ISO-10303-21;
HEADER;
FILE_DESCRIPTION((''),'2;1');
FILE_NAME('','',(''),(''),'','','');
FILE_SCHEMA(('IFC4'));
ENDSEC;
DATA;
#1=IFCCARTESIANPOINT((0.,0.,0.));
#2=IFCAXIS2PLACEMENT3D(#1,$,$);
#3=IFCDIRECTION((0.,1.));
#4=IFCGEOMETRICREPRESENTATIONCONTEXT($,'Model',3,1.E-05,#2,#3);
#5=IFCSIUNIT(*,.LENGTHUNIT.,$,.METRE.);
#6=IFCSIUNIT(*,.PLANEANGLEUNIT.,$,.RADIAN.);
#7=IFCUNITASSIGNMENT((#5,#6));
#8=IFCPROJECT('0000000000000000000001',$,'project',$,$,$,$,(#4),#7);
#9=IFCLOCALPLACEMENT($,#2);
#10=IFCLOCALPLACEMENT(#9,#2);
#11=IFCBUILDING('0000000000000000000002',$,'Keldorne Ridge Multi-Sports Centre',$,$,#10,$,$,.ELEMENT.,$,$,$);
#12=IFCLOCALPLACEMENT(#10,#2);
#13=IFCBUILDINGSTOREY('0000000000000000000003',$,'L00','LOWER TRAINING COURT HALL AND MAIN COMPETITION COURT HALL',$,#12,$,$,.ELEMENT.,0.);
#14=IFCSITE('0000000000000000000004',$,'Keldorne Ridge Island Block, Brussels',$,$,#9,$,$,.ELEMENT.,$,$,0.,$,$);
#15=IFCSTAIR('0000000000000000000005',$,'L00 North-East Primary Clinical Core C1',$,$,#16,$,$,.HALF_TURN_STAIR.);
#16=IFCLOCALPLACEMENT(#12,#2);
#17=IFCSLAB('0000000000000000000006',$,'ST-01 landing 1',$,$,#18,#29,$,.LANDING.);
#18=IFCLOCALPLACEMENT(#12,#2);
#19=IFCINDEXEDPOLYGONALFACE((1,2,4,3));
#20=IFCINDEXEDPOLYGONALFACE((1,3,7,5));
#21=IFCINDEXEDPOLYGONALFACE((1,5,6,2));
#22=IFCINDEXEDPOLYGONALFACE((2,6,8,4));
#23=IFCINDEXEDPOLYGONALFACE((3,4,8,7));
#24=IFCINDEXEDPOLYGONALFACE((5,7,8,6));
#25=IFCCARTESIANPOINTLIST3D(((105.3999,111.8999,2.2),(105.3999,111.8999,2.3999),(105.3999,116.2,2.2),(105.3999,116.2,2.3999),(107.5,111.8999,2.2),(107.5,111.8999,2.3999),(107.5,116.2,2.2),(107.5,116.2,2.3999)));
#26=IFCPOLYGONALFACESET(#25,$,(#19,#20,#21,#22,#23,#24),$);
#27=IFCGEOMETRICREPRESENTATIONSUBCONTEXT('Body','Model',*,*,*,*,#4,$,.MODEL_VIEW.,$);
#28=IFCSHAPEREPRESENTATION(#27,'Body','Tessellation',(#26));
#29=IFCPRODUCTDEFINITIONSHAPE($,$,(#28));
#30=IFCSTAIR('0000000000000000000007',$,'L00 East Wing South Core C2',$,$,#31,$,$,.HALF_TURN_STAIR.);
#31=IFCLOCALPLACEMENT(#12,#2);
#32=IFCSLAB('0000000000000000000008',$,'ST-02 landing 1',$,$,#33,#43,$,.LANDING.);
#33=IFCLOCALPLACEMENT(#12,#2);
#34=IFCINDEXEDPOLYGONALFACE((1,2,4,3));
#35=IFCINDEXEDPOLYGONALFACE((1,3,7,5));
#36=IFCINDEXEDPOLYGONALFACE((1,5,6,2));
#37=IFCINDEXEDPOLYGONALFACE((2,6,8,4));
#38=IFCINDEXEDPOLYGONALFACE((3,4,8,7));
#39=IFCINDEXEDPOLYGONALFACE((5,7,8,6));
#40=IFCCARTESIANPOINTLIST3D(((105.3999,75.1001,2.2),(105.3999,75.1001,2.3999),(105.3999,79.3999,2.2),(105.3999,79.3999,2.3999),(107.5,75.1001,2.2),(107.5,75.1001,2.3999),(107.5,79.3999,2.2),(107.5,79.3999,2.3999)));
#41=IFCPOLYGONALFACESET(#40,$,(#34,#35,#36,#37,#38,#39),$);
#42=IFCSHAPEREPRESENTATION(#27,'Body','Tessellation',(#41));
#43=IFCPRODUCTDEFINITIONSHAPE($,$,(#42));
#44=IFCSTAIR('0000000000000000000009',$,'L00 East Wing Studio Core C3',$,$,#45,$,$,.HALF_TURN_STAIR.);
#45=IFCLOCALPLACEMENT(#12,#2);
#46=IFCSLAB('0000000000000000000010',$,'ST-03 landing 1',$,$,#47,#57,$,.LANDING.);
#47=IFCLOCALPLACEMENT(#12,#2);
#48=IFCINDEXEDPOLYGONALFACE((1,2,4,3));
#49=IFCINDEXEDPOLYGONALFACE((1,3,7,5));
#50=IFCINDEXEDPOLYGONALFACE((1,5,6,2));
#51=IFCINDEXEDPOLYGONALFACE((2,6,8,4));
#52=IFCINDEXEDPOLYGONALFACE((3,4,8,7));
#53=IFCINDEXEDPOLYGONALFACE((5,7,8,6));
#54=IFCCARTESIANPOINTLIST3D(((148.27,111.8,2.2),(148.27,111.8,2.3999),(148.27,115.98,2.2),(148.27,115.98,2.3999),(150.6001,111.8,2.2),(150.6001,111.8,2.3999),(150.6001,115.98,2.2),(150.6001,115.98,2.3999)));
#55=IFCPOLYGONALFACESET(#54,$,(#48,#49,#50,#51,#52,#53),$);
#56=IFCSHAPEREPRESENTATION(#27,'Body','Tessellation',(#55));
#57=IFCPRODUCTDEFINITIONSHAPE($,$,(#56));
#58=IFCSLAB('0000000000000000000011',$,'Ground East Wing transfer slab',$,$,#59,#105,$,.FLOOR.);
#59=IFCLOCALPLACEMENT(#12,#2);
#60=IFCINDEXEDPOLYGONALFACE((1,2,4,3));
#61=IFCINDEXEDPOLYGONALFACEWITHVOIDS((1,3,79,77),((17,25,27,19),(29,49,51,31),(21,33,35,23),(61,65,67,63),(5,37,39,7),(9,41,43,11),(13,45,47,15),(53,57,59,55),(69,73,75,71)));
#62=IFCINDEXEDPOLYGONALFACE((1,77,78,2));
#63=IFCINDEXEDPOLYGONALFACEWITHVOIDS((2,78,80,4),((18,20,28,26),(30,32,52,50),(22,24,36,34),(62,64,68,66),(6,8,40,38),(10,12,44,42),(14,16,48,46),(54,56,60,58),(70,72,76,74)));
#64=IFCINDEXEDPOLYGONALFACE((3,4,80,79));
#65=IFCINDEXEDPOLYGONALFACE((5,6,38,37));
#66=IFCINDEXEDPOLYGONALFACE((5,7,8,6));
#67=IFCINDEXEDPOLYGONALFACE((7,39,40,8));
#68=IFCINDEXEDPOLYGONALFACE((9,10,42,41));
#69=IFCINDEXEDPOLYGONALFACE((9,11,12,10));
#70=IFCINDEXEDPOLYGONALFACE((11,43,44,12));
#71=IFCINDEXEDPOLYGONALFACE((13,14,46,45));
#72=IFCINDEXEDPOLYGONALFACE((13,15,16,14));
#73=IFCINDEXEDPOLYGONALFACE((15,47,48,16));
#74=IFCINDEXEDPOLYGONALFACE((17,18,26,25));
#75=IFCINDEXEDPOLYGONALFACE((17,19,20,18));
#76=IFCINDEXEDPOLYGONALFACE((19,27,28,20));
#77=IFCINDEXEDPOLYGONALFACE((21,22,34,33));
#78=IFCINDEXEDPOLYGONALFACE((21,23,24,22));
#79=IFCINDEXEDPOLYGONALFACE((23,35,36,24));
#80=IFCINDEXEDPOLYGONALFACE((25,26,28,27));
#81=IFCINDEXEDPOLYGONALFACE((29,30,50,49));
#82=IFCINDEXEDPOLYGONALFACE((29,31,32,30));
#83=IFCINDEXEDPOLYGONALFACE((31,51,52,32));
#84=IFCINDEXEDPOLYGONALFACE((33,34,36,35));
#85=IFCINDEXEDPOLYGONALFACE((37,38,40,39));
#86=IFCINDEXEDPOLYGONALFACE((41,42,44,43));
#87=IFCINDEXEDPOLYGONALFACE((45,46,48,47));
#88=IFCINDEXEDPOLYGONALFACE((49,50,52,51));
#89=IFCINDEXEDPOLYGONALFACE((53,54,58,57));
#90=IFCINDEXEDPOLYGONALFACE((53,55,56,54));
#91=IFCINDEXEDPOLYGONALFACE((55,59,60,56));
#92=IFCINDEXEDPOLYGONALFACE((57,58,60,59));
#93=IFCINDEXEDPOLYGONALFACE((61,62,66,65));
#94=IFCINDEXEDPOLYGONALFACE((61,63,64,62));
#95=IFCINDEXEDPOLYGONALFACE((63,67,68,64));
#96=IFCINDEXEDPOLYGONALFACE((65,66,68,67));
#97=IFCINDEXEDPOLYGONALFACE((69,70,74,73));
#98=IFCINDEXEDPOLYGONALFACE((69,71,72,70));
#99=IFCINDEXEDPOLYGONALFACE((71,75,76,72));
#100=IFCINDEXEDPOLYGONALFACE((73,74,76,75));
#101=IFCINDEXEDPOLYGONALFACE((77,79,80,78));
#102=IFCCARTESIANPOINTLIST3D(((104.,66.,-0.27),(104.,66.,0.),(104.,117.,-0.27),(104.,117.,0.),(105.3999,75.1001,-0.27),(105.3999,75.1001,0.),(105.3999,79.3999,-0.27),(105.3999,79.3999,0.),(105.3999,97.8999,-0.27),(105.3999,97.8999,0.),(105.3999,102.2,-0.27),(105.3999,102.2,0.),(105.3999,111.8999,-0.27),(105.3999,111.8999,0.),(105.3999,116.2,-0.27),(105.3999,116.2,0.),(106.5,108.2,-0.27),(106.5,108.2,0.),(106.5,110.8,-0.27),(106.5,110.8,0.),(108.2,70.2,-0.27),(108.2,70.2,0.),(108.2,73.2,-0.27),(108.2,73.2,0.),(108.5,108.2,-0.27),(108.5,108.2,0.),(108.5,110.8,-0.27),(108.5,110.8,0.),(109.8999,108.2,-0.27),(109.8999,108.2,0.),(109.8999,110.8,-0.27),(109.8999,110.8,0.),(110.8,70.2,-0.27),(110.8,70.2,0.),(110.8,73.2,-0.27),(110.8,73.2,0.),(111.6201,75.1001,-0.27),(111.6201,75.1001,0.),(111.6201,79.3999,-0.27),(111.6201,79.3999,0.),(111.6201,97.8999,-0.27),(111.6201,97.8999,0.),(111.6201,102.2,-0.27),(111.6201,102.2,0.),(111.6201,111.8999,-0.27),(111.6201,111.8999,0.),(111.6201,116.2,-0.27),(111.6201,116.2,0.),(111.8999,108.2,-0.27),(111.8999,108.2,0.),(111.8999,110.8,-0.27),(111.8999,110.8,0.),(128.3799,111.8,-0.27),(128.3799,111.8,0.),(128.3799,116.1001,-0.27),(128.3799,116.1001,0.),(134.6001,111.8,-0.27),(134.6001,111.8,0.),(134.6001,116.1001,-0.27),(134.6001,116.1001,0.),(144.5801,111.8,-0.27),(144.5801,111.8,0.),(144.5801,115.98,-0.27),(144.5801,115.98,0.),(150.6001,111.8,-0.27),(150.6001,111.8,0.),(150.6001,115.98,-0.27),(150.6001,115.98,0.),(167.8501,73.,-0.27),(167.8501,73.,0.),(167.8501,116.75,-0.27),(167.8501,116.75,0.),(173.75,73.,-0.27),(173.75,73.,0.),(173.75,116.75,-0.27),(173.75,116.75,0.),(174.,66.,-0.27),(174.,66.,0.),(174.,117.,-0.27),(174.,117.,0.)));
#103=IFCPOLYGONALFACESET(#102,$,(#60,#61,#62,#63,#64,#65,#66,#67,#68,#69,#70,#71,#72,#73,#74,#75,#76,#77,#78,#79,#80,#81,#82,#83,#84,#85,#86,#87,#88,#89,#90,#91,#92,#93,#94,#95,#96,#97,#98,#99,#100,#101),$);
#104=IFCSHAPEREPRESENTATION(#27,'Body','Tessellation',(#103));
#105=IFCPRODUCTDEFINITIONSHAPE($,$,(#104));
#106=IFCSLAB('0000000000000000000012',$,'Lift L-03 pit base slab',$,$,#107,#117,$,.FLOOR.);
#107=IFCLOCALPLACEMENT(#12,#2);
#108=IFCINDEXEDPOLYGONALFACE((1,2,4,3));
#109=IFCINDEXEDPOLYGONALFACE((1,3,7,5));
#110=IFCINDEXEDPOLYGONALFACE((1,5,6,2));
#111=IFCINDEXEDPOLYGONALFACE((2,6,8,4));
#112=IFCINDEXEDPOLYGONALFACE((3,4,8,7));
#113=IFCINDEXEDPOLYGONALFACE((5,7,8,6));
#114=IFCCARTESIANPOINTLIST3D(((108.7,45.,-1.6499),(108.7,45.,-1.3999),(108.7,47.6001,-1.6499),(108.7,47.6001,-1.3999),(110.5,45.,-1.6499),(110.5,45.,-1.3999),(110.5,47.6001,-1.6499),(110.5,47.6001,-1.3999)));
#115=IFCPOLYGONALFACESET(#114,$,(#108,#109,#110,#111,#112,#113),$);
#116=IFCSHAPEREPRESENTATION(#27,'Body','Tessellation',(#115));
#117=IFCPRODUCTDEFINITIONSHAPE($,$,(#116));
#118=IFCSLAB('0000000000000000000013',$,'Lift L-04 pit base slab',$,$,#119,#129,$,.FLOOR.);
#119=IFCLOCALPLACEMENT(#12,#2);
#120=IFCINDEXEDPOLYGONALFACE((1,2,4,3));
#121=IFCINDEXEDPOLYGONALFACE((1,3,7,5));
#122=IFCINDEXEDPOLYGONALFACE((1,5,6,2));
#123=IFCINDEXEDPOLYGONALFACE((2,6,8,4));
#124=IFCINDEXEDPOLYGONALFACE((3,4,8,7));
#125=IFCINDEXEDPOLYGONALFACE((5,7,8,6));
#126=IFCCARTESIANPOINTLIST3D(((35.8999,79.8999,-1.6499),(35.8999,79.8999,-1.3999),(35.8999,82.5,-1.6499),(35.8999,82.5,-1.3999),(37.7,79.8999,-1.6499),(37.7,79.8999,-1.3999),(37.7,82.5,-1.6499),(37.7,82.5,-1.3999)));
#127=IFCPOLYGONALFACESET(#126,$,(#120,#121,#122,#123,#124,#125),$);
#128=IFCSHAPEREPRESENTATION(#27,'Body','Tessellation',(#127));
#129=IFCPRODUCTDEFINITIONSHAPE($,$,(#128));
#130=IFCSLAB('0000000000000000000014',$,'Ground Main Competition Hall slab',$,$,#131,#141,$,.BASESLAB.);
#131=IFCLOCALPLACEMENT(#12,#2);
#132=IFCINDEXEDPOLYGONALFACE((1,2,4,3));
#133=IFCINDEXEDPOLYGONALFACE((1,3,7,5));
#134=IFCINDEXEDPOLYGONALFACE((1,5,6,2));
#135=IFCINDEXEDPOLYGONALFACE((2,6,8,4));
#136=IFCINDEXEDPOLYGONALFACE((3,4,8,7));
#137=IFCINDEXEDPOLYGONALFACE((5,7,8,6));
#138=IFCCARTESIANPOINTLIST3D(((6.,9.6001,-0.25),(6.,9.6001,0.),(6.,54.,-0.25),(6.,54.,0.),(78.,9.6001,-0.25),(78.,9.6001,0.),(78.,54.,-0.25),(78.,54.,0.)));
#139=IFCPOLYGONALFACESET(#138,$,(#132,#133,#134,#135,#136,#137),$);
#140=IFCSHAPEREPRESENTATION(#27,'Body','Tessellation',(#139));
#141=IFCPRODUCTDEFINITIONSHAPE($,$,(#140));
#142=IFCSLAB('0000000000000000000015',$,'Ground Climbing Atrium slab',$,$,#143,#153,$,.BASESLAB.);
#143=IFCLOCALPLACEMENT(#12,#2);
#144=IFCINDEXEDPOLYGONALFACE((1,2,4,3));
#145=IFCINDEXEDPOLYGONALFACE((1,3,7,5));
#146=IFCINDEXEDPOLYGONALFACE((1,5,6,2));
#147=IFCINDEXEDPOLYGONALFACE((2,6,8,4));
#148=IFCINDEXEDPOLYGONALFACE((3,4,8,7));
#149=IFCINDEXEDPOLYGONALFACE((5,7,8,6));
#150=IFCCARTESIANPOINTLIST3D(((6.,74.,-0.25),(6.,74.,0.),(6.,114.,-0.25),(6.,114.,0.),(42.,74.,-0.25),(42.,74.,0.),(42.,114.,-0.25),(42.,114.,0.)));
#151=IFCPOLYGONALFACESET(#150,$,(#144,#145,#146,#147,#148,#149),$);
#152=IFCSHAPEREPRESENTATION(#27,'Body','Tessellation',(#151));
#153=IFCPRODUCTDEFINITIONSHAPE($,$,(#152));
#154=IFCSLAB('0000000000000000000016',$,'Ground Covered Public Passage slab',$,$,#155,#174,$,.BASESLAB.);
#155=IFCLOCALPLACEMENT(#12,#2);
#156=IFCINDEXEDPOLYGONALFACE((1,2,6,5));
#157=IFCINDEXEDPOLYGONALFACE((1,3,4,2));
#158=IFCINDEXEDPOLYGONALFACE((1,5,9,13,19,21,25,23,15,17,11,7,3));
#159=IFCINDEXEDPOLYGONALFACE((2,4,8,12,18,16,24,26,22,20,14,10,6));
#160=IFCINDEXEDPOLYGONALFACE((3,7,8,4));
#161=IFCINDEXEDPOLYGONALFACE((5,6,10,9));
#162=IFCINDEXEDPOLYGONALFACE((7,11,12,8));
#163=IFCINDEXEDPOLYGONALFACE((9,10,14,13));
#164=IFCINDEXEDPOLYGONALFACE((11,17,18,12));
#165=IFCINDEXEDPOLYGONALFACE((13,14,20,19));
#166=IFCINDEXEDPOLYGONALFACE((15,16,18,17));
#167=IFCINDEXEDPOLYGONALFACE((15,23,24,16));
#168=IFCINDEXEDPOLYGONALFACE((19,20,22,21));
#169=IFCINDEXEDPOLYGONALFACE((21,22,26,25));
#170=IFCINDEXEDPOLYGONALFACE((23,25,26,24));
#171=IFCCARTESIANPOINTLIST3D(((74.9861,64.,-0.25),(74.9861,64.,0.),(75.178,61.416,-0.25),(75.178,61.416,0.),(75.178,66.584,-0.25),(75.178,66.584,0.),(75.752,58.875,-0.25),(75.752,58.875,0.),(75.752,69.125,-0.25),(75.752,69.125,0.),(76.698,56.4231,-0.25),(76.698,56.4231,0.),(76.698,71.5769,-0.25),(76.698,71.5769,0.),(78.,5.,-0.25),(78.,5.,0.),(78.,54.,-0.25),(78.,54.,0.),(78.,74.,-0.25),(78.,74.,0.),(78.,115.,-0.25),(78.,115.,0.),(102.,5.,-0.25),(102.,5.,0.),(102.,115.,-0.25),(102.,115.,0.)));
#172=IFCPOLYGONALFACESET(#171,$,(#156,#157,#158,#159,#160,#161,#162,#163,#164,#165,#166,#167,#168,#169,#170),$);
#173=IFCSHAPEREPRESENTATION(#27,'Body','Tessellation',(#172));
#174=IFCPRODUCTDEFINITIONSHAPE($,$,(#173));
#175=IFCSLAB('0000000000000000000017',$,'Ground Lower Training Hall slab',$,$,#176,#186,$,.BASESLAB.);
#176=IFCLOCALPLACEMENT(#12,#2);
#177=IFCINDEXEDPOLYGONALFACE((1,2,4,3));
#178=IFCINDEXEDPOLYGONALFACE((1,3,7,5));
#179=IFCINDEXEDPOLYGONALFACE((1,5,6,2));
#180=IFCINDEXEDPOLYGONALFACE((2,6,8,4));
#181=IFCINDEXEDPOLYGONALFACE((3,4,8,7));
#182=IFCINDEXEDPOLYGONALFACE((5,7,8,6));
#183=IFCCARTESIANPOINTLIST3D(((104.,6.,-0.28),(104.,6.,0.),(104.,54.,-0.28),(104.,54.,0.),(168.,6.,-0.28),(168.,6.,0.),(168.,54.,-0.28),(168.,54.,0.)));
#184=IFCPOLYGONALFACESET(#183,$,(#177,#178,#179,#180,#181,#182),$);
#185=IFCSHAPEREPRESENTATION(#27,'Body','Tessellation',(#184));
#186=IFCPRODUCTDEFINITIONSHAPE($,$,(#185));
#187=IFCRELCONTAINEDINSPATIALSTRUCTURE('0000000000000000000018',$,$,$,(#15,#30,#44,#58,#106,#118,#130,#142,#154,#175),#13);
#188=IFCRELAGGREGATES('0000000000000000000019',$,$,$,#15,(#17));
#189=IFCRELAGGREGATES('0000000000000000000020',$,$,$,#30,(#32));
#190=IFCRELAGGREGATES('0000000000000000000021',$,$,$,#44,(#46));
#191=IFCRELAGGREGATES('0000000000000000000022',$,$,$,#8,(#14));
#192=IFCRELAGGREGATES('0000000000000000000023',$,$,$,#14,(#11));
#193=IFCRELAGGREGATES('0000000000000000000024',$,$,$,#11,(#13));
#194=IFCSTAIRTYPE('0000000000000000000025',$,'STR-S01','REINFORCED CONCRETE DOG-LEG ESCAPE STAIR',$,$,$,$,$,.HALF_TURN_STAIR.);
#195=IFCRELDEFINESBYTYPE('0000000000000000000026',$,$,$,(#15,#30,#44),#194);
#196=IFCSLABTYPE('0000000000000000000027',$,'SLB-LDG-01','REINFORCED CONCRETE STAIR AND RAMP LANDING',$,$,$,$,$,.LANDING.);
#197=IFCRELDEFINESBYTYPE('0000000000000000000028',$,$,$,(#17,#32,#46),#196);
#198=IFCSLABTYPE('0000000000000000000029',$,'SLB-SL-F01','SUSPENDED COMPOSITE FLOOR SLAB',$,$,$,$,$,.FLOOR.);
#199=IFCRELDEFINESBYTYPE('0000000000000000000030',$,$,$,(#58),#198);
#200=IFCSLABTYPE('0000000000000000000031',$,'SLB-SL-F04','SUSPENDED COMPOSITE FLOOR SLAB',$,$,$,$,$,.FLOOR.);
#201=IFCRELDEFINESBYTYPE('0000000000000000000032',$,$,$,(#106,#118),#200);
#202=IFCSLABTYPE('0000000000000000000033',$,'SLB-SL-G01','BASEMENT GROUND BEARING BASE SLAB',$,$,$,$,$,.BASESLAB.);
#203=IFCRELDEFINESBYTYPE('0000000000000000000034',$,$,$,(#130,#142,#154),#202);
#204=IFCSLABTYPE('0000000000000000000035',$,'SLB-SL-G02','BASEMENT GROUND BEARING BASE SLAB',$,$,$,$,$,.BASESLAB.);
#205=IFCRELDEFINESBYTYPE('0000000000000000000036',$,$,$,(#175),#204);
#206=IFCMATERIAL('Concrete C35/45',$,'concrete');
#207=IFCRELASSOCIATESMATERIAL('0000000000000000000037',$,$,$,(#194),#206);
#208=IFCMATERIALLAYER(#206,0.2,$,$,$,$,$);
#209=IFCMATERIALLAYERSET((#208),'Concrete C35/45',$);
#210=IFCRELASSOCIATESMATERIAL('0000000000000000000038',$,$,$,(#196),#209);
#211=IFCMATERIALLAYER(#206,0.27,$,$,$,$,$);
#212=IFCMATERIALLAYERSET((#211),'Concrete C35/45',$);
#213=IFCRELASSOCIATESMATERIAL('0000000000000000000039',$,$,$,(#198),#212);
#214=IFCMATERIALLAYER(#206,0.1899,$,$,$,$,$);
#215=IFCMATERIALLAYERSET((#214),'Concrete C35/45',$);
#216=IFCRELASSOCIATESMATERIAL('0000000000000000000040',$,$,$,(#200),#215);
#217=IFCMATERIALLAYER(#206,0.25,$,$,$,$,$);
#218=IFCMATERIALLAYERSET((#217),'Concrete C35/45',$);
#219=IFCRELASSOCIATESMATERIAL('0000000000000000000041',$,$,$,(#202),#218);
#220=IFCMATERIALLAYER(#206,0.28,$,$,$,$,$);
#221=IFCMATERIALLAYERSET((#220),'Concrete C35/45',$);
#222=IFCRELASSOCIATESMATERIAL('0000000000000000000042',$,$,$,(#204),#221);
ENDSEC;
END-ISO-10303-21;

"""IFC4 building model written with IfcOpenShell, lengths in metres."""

from ifc_helpers import new_model, si_unit, direction, frame, origin, place, context, subcontext, project, spatial, polyline, outline, extrude, material, layer, layer_set, type_object, element, aggregate, save


model = new_model("IFC4")

# Units and contexts
model_context = context("Model", 3, precision=1e-05, world=origin(), true_north=direction((0.0, 1.0)))
body_context = subcontext(model_context, "Body", "Model", "MODEL_VIEW")
ifc_project = project(units=[si_unit("LENGTHUNIT", "METRE"), si_unit("PLANEANGLEUNIT", "RADIAN")], contexts=[model_context])

# Site, building, storey
site_placement = place(None, origin())
site = spatial("IfcSite", under=ifc_project, at=site_placement, Name="Keldorne Ridge Island Block, Brussels", CompositionType="ELEMENT", RefElevation=0.0)
building_placement = place(site_placement, origin())
building = spatial("IfcBuilding", under=site, at=building_placement, Name="Keldorne Ridge Multi-Sports Centre", CompositionType="ELEMENT")
storey_placement = place(building_placement, origin())
storey = spatial("IfcBuildingStorey", under=building, at=storey_placement, Name="L00", Description="LOWER TRAINING COURT HALL AND MAIN COMPETITION COURT HALL", CompositionType="ELEMENT", Elevation=0.0)

# Stairs, slabs
ifc_material_1 = material(Name="Concrete C35/45", Category="concrete")
stair_type = type_object("IfcStairType", Name="STR-S01", Description="REINFORCED CONCRETE DOG-LEG ESCAPE STAIR", PredefinedType="HALF_TURN_STAIR", material=ifc_material_1)
stair_1_placement = place(storey_placement, origin())
stair_1 = element("IfcStair", 1, at=stair_1_placement, inside=storey, type_object=stair_type, Name="L00 North-East Primary Clinical Core C1", PredefinedType="HALF_TURN_STAIR")
ifc_layer_1 = layer(ifc_material_1, 0.2)
ifc_layer_set_1 = layer_set([ifc_layer_1], Name="Concrete C35/45")
slab_type_1 = type_object("IfcSlabType", Name="SLB-LDG-01", Description="REINFORCED CONCRETE STAIR AND RAMP LANDING", PredefinedType="LANDING", material=ifc_layer_set_1)
slab_1_placement = place(storey_placement, frame((0.0, 0.0, 2.2)))
slab_1 = element("IfcSlab", 2, at=slab_1_placement, type_object=slab_type_1, Name="ST-01 landing 1", PredefinedType="LANDING", context=body_context, shape_type="SweptSolid", body=[
    extrude(outline(polyline([(107.5, 116.2), (105.3999, 116.2), (105.3999, 111.8999), (107.5, 111.8999), (107.5, 116.2)])), origin(), (0.0, 0.0, 1.0), 0.2),
])
aggregate(stair_1, [slab_1])
stair_2_placement = place(storey_placement, origin())
stair_2 = element("IfcStair", 3, at=stair_2_placement, inside=storey, type_object=stair_type, Name="L00 East Wing South Core C2", PredefinedType="HALF_TURN_STAIR")
slab_2_placement = place(storey_placement, frame((0.0, 0.0, 2.2)))
slab_2 = element("IfcSlab", 4, at=slab_2_placement, type_object=slab_type_1, Name="ST-02 landing 1", PredefinedType="LANDING", context=body_context, shape_type="SweptSolid", body=[
    extrude(outline(polyline([(107.5, 79.3999), (105.3999, 79.3999), (105.3999, 75.1001), (107.5, 75.1001), (107.5, 79.3999)])), origin(), (0.0, 0.0, 1.0), 0.2),
])
aggregate(stair_2, [slab_2])
stair_3_placement = place(storey_placement, origin())
stair_3 = element("IfcStair", 5, at=stair_3_placement, inside=storey, type_object=stair_type, Name="L00 East Wing Studio Core C3", PredefinedType="HALF_TURN_STAIR")
slab_3_placement = place(storey_placement, frame((0.0, 0.0, 2.2)))
slab_3 = element("IfcSlab", 6, at=slab_3_placement, type_object=slab_type_1, Name="ST-03 landing 1", PredefinedType="LANDING", context=body_context, shape_type="SweptSolid", body=[
    extrude(outline(polyline([(148.27, 111.8), (150.6001, 111.8), (150.6001, 115.98), (148.27, 115.98), (148.27, 111.8)])), origin(), (0.0, 0.0, 1.0), 0.2),
])
aggregate(stair_3, [slab_3])

# Slabs
ifc_layer_2 = layer(ifc_material_1, 0.27)
ifc_layer_set_2 = layer_set([ifc_layer_2], Name="Concrete C35/45")
slab_type_2 = type_object("IfcSlabType", Name="SLB-SL-F01", Description="SUSPENDED COMPOSITE FLOOR SLAB", PredefinedType="FLOOR", material=ifc_layer_set_2)
slab_4_placement = place(storey_placement, frame((0.0, 0.0, -0.27)))
element("IfcSlab", 7, at=slab_4_placement, inside=storey, type_object=slab_type_2, Name="Ground East Wing transfer slab", PredefinedType="FLOOR", context=body_context, shape_type="SweptSolid", body=[
    extrude(outline(polyline([(104.0, 66.0), (174.0, 66.0), (174.0, 117.0), (104.0, 117.0), (104.0, 66.0)]), holes=[polyline([(105.3999, 111.8999), (105.3999, 116.2), (111.6201, 116.2), (111.6201, 111.8999), (105.3999, 111.8999)]), polyline([(105.3999, 75.1001), (105.3999, 79.3999), (111.6201, 79.3999), (111.6201, 75.1001), (105.3999, 75.1001)]), polyline([(144.5801, 111.8), (144.5801, 115.98), (150.6001, 115.98), (150.6001, 111.8), (144.5801, 111.8)]), polyline([(128.3799, 111.8), (128.3799, 116.1001), (134.6001, 116.1001), (134.6001, 111.8), (128.3799, 111.8)]), polyline([(105.3999, 97.8999), (105.3999, 102.2), (111.6201, 102.2), (111.6201, 97.8999), (105.3999, 97.8999)]), polyline([(106.5, 108.2), (106.5, 110.8), (108.5, 110.8), (108.5, 108.2), (106.5, 108.2)]), polyline([(109.8999, 108.2), (109.8999, 110.8), (111.8999, 110.8), (111.8999, 108.2), (109.8999, 108.2)]), polyline([(108.2, 70.2), (108.2, 73.2), (110.8, 73.2), (110.8, 70.2), (108.2, 70.2)]), polyline([(167.8501, 73.0), (167.8501, 116.75), (173.75, 116.75), (173.75, 73.0), (167.8501, 73.0)])]), origin(), (0.0, 0.0, 1.0), 0.27),
])
ifc_layer_3 = layer(ifc_material_1, 0.1899)
ifc_layer_set_3 = layer_set([ifc_layer_3], Name="Concrete C35/45")
slab_type_3 = type_object("IfcSlabType", Name="SLB-SL-F04", Description="SUSPENDED COMPOSITE FLOOR SLAB", PredefinedType="FLOOR", material=ifc_layer_set_3)
slab_5_placement = place(storey_placement, frame((0.0, 0.0, -1.6499)))
element("IfcSlab", 8, at=slab_5_placement, inside=storey, type_object=slab_type_3, Name="Lift L-03 pit base slab", PredefinedType="FLOOR", context=body_context, shape_type="SweptSolid", body=[
    extrude(outline(polyline([(108.7, 45.0), (110.5, 45.0), (110.5, 47.6001), (108.7, 47.6001), (108.7, 45.0)])), origin(), (0.0, 0.0, 1.0), 0.25),
])
slab_6_placement = place(storey_placement, frame((0.0, 0.0, -1.6499)))
element("IfcSlab", 9, at=slab_6_placement, inside=storey, type_object=slab_type_3, Name="Lift L-04 pit base slab", PredefinedType="FLOOR", context=body_context, shape_type="SweptSolid", body=[
    extrude(outline(polyline([(35.8999, 79.8999), (37.7, 79.8999), (37.7, 82.5), (35.8999, 82.5), (35.8999, 79.8999)])), origin(), (0.0, 0.0, 1.0), 0.25),
])
ifc_layer_4 = layer(ifc_material_1, 0.25)
ifc_layer_set_4 = layer_set([ifc_layer_4], Name="Concrete C35/45")
slab_type_4 = type_object("IfcSlabType", Name="SLB-SL-G01", Description="BASEMENT GROUND BEARING BASE SLAB", PredefinedType="BASESLAB", material=ifc_layer_set_4)
slab_7_placement = place(storey_placement, frame((0.0, 0.0, -0.25)))
element("IfcSlab", 10, at=slab_7_placement, inside=storey, type_object=slab_type_4, Name="Ground Main Competition Hall slab", PredefinedType="BASESLAB", context=body_context, shape_type="SweptSolid", body=[
    extrude(outline(polyline([(6.0, 9.6001), (78.0, 9.6001), (78.0, 54.0), (6.0, 54.0), (6.0, 9.6001)])), origin(), (0.0, 0.0, 1.0), 0.25),
])
slab_8_placement = place(storey_placement, frame((0.0, 0.0, -0.25)))
element("IfcSlab", 11, at=slab_8_placement, inside=storey, type_object=slab_type_4, Name="Ground Climbing Atrium slab", PredefinedType="BASESLAB", context=body_context, shape_type="SweptSolid", body=[
    extrude(outline(polyline([(6.0, 74.0), (42.0, 74.0), (42.0, 114.0), (6.0, 114.0), (6.0, 74.0)])), origin(), (0.0, 0.0, 1.0), 0.25),
])
slab_9_placement = place(storey_placement, frame((0.0, 0.0, -0.25)))
element("IfcSlab", 12, at=slab_9_placement, inside=storey, type_object=slab_type_4, Name="Ground Covered Public Passage slab", PredefinedType="BASESLAB", context=body_context, shape_type="SweptSolid", body=[
    extrude(outline(polyline([(78.0, 5.0), (102.0, 5.0), (102.0, 115.0), (78.0, 115.0), (78.0, 74.0), (76.698, 71.5769), (75.752, 69.125), (75.178, 66.584), (74.9861, 64.0), (75.178, 61.416), (75.752, 58.875), (76.698, 56.4231), (78.0, 54.0), (78.0, 5.0)])), origin(), (0.0, 0.0, 1.0), 0.25),
])
ifc_layer_5 = layer(ifc_material_1, 0.28)
ifc_layer_set_5 = layer_set([ifc_layer_5], Name="Concrete C35/45")
slab_type_5 = type_object("IfcSlabType", Name="SLB-SL-G02", Description="BASEMENT GROUND BEARING BASE SLAB", PredefinedType="BASESLAB", material=ifc_layer_set_5)
slab_10_placement = place(storey_placement, frame((0.0, 0.0, -0.28)))
element("IfcSlab", 13, at=slab_10_placement, inside=storey, type_object=slab_type_5, Name="Ground Lower Training Hall slab", PredefinedType="BASESLAB", context=body_context, shape_type="SweptSolid", body=[
    extrude(outline(polyline([(104.0, 6.0), (168.0, 6.0), (168.0, 54.0), (104.0, 54.0), (104.0, 6.0)])), origin(), (0.0, 0.0, 1.0), 0.28),
])

save(model, "model.ifc")
